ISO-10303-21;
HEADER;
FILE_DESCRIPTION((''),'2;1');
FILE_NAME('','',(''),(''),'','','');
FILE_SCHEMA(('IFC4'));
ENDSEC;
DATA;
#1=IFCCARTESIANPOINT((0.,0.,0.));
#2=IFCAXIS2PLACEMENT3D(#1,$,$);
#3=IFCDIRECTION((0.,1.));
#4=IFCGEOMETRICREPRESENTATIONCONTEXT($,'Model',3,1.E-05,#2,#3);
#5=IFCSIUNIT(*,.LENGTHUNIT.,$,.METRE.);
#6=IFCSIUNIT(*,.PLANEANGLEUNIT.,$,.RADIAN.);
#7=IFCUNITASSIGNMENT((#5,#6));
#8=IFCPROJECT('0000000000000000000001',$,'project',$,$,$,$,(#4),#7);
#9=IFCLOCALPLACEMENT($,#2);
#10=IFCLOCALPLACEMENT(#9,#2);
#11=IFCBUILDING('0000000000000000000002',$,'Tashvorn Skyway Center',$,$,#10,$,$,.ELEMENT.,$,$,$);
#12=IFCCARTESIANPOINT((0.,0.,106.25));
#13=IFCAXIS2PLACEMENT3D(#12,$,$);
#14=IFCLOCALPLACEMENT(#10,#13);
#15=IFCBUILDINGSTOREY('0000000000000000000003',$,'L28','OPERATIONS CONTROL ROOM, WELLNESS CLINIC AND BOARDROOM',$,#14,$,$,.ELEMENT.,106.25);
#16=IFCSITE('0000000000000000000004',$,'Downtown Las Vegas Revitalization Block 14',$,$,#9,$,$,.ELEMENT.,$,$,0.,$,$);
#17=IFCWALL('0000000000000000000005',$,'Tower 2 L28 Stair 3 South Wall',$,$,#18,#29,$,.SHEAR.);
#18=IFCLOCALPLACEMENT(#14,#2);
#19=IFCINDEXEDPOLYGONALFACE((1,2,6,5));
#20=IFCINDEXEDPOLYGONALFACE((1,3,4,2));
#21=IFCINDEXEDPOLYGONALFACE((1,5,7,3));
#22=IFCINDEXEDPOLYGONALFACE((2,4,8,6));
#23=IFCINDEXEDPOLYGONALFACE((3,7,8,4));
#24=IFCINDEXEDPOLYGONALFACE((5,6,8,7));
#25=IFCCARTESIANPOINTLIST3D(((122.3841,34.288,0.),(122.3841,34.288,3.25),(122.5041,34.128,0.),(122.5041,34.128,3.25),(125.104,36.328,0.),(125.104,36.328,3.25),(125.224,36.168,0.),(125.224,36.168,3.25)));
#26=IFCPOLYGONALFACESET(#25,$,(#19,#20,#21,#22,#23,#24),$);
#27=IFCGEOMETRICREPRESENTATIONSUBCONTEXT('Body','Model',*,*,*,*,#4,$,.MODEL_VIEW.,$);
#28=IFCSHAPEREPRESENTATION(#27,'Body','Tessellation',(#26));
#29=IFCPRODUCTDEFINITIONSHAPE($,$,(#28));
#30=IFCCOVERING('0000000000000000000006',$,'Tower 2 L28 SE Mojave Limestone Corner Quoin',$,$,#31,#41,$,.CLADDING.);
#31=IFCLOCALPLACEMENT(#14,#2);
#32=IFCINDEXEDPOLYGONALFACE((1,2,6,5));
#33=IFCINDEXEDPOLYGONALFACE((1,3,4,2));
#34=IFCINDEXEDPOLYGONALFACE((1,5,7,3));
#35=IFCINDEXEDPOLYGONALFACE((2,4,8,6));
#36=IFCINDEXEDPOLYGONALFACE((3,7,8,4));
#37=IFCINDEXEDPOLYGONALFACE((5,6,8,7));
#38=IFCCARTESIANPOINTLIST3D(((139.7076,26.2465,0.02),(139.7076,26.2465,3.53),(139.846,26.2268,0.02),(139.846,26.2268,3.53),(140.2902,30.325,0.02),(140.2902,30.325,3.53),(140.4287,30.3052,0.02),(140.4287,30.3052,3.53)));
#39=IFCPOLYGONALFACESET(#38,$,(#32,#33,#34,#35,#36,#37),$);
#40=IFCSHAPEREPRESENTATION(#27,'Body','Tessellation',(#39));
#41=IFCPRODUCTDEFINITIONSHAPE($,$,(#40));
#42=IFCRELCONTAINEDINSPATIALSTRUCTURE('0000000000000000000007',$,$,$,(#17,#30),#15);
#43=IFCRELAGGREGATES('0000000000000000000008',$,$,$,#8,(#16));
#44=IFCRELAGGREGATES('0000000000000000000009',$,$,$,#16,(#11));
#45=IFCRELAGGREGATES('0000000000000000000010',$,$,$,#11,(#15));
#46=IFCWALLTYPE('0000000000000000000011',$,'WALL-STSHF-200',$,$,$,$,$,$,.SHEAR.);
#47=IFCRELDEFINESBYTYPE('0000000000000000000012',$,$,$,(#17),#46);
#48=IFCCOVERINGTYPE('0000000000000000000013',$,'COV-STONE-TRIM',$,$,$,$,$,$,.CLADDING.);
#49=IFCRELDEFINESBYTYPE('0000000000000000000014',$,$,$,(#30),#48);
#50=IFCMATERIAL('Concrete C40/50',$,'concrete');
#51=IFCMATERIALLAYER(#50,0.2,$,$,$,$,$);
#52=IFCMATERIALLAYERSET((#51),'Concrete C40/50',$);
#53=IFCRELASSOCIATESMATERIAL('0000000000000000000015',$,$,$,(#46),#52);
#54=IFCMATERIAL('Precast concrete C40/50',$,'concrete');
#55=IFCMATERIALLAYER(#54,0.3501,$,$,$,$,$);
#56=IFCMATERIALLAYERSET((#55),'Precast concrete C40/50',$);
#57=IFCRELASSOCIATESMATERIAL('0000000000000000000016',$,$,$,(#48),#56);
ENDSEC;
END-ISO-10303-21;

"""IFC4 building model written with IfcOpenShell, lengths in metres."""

from ifc_helpers import new_model, si_unit, direction, frame, frame_2d, origin, origin_2d, place, context, subcontext, project, spatial, rectangle, extrude, material, layer, layer_set, type_object, element, save


model = new_model("IFC4")

# Units and contexts
model_context = context("Model", 3, precision=1e-05, world=origin(), true_north=direction((0.0, 1.0)))
body_context = subcontext(model_context, "Body", "Model", "MODEL_VIEW")
ifc_project = project(units=[si_unit("LENGTHUNIT", "METRE"), si_unit("PLANEANGLEUNIT", "RADIAN")], contexts=[model_context])

# Site, building, storey
site_placement = place(None, origin())
site = spatial("IfcSite", under=ifc_project, at=site_placement, Name="Downtown Las Vegas Revitalization Block 14", CompositionType="ELEMENT", RefElevation=0.0)
building_placement = place(site_placement, origin())
building = spatial("IfcBuilding", under=site, at=building_placement, Name="Tashvorn Skyway Center", CompositionType="ELEMENT")
storey_placement = place(building_placement, frame((0.0, 0.0, 106.25)))
storey = spatial("IfcBuildingStorey", under=building, at=storey_placement, Name="L28", Description="OPERATIONS CONTROL ROOM, WELLNESS CLINIC AND BOARDROOM", CompositionType="ELEMENT", Elevation=106.25)

# Shared definitions
ifc_material_1 = material(Name="Precast concrete C40/50", Category="concrete")

# Wall
ifc_material_2 = material(Name="Concrete C40/50", Category="concrete")
ifc_layer_1 = layer(ifc_material_2, 0.2)
ifc_layer_set_1 = layer_set([ifc_layer_1], Name="Concrete C40/50")
wall_type_1 = type_object("IfcWallType", Name="WALL-STSHF-200", PredefinedType="SHEAR", material=ifc_layer_set_1)
wall_1_placement = place(storey_placement, frame((122.4441, 34.208, 0.0), z_axis=(0.0, 0.0, 1.0), x_axis=(0.799991, 0.600011, 0.0)))
element("IfcWall", 1, at=wall_1_placement, inside=storey, type_object=wall_type_1, Name="Tower 2 L28 Stair 3 South Wall", PredefinedType="SHEAR", context=body_context, shape_type="SweptSolid", body=[
    extrude(rectangle(XDim=3.3999, YDim=0.2, at=frame_2d((1.7, 0.0))), origin(), (0.0, 0.0, 1.0), 3.25),
])

# Covering
ifc_layer_2 = layer(ifc_material_1, 0.3501)
ifc_layer_set_2 = layer_set([ifc_layer_2], Name="Precast concrete C40/50")
covering_type = type_object("IfcCoveringType", Name="COV-STONE-TRIM", PredefinedType="CLADDING", material=ifc_layer_set_2)
covering_placement = place(storey_placement, frame((140.0681, 28.2759, 0.02), z_axis=(0.0, 0.0, 1.0), x_axis=(0.141421, 0.989949, 0.0)))
element("IfcCovering", 2, at=covering_placement, inside=storey, type_object=covering_type, Name="Tower 2 L28 SE Mojave Limestone Corner Quoin", PredefinedType="CLADDING", context=body_context, shape_type="SweptSolid", body=[
    extrude(rectangle(XDim=4.1199, YDim=0.1399, at=origin_2d()), origin(), (0.0, 0.0, 1.0), 3.51),
])

save(model, "model.ifc")
